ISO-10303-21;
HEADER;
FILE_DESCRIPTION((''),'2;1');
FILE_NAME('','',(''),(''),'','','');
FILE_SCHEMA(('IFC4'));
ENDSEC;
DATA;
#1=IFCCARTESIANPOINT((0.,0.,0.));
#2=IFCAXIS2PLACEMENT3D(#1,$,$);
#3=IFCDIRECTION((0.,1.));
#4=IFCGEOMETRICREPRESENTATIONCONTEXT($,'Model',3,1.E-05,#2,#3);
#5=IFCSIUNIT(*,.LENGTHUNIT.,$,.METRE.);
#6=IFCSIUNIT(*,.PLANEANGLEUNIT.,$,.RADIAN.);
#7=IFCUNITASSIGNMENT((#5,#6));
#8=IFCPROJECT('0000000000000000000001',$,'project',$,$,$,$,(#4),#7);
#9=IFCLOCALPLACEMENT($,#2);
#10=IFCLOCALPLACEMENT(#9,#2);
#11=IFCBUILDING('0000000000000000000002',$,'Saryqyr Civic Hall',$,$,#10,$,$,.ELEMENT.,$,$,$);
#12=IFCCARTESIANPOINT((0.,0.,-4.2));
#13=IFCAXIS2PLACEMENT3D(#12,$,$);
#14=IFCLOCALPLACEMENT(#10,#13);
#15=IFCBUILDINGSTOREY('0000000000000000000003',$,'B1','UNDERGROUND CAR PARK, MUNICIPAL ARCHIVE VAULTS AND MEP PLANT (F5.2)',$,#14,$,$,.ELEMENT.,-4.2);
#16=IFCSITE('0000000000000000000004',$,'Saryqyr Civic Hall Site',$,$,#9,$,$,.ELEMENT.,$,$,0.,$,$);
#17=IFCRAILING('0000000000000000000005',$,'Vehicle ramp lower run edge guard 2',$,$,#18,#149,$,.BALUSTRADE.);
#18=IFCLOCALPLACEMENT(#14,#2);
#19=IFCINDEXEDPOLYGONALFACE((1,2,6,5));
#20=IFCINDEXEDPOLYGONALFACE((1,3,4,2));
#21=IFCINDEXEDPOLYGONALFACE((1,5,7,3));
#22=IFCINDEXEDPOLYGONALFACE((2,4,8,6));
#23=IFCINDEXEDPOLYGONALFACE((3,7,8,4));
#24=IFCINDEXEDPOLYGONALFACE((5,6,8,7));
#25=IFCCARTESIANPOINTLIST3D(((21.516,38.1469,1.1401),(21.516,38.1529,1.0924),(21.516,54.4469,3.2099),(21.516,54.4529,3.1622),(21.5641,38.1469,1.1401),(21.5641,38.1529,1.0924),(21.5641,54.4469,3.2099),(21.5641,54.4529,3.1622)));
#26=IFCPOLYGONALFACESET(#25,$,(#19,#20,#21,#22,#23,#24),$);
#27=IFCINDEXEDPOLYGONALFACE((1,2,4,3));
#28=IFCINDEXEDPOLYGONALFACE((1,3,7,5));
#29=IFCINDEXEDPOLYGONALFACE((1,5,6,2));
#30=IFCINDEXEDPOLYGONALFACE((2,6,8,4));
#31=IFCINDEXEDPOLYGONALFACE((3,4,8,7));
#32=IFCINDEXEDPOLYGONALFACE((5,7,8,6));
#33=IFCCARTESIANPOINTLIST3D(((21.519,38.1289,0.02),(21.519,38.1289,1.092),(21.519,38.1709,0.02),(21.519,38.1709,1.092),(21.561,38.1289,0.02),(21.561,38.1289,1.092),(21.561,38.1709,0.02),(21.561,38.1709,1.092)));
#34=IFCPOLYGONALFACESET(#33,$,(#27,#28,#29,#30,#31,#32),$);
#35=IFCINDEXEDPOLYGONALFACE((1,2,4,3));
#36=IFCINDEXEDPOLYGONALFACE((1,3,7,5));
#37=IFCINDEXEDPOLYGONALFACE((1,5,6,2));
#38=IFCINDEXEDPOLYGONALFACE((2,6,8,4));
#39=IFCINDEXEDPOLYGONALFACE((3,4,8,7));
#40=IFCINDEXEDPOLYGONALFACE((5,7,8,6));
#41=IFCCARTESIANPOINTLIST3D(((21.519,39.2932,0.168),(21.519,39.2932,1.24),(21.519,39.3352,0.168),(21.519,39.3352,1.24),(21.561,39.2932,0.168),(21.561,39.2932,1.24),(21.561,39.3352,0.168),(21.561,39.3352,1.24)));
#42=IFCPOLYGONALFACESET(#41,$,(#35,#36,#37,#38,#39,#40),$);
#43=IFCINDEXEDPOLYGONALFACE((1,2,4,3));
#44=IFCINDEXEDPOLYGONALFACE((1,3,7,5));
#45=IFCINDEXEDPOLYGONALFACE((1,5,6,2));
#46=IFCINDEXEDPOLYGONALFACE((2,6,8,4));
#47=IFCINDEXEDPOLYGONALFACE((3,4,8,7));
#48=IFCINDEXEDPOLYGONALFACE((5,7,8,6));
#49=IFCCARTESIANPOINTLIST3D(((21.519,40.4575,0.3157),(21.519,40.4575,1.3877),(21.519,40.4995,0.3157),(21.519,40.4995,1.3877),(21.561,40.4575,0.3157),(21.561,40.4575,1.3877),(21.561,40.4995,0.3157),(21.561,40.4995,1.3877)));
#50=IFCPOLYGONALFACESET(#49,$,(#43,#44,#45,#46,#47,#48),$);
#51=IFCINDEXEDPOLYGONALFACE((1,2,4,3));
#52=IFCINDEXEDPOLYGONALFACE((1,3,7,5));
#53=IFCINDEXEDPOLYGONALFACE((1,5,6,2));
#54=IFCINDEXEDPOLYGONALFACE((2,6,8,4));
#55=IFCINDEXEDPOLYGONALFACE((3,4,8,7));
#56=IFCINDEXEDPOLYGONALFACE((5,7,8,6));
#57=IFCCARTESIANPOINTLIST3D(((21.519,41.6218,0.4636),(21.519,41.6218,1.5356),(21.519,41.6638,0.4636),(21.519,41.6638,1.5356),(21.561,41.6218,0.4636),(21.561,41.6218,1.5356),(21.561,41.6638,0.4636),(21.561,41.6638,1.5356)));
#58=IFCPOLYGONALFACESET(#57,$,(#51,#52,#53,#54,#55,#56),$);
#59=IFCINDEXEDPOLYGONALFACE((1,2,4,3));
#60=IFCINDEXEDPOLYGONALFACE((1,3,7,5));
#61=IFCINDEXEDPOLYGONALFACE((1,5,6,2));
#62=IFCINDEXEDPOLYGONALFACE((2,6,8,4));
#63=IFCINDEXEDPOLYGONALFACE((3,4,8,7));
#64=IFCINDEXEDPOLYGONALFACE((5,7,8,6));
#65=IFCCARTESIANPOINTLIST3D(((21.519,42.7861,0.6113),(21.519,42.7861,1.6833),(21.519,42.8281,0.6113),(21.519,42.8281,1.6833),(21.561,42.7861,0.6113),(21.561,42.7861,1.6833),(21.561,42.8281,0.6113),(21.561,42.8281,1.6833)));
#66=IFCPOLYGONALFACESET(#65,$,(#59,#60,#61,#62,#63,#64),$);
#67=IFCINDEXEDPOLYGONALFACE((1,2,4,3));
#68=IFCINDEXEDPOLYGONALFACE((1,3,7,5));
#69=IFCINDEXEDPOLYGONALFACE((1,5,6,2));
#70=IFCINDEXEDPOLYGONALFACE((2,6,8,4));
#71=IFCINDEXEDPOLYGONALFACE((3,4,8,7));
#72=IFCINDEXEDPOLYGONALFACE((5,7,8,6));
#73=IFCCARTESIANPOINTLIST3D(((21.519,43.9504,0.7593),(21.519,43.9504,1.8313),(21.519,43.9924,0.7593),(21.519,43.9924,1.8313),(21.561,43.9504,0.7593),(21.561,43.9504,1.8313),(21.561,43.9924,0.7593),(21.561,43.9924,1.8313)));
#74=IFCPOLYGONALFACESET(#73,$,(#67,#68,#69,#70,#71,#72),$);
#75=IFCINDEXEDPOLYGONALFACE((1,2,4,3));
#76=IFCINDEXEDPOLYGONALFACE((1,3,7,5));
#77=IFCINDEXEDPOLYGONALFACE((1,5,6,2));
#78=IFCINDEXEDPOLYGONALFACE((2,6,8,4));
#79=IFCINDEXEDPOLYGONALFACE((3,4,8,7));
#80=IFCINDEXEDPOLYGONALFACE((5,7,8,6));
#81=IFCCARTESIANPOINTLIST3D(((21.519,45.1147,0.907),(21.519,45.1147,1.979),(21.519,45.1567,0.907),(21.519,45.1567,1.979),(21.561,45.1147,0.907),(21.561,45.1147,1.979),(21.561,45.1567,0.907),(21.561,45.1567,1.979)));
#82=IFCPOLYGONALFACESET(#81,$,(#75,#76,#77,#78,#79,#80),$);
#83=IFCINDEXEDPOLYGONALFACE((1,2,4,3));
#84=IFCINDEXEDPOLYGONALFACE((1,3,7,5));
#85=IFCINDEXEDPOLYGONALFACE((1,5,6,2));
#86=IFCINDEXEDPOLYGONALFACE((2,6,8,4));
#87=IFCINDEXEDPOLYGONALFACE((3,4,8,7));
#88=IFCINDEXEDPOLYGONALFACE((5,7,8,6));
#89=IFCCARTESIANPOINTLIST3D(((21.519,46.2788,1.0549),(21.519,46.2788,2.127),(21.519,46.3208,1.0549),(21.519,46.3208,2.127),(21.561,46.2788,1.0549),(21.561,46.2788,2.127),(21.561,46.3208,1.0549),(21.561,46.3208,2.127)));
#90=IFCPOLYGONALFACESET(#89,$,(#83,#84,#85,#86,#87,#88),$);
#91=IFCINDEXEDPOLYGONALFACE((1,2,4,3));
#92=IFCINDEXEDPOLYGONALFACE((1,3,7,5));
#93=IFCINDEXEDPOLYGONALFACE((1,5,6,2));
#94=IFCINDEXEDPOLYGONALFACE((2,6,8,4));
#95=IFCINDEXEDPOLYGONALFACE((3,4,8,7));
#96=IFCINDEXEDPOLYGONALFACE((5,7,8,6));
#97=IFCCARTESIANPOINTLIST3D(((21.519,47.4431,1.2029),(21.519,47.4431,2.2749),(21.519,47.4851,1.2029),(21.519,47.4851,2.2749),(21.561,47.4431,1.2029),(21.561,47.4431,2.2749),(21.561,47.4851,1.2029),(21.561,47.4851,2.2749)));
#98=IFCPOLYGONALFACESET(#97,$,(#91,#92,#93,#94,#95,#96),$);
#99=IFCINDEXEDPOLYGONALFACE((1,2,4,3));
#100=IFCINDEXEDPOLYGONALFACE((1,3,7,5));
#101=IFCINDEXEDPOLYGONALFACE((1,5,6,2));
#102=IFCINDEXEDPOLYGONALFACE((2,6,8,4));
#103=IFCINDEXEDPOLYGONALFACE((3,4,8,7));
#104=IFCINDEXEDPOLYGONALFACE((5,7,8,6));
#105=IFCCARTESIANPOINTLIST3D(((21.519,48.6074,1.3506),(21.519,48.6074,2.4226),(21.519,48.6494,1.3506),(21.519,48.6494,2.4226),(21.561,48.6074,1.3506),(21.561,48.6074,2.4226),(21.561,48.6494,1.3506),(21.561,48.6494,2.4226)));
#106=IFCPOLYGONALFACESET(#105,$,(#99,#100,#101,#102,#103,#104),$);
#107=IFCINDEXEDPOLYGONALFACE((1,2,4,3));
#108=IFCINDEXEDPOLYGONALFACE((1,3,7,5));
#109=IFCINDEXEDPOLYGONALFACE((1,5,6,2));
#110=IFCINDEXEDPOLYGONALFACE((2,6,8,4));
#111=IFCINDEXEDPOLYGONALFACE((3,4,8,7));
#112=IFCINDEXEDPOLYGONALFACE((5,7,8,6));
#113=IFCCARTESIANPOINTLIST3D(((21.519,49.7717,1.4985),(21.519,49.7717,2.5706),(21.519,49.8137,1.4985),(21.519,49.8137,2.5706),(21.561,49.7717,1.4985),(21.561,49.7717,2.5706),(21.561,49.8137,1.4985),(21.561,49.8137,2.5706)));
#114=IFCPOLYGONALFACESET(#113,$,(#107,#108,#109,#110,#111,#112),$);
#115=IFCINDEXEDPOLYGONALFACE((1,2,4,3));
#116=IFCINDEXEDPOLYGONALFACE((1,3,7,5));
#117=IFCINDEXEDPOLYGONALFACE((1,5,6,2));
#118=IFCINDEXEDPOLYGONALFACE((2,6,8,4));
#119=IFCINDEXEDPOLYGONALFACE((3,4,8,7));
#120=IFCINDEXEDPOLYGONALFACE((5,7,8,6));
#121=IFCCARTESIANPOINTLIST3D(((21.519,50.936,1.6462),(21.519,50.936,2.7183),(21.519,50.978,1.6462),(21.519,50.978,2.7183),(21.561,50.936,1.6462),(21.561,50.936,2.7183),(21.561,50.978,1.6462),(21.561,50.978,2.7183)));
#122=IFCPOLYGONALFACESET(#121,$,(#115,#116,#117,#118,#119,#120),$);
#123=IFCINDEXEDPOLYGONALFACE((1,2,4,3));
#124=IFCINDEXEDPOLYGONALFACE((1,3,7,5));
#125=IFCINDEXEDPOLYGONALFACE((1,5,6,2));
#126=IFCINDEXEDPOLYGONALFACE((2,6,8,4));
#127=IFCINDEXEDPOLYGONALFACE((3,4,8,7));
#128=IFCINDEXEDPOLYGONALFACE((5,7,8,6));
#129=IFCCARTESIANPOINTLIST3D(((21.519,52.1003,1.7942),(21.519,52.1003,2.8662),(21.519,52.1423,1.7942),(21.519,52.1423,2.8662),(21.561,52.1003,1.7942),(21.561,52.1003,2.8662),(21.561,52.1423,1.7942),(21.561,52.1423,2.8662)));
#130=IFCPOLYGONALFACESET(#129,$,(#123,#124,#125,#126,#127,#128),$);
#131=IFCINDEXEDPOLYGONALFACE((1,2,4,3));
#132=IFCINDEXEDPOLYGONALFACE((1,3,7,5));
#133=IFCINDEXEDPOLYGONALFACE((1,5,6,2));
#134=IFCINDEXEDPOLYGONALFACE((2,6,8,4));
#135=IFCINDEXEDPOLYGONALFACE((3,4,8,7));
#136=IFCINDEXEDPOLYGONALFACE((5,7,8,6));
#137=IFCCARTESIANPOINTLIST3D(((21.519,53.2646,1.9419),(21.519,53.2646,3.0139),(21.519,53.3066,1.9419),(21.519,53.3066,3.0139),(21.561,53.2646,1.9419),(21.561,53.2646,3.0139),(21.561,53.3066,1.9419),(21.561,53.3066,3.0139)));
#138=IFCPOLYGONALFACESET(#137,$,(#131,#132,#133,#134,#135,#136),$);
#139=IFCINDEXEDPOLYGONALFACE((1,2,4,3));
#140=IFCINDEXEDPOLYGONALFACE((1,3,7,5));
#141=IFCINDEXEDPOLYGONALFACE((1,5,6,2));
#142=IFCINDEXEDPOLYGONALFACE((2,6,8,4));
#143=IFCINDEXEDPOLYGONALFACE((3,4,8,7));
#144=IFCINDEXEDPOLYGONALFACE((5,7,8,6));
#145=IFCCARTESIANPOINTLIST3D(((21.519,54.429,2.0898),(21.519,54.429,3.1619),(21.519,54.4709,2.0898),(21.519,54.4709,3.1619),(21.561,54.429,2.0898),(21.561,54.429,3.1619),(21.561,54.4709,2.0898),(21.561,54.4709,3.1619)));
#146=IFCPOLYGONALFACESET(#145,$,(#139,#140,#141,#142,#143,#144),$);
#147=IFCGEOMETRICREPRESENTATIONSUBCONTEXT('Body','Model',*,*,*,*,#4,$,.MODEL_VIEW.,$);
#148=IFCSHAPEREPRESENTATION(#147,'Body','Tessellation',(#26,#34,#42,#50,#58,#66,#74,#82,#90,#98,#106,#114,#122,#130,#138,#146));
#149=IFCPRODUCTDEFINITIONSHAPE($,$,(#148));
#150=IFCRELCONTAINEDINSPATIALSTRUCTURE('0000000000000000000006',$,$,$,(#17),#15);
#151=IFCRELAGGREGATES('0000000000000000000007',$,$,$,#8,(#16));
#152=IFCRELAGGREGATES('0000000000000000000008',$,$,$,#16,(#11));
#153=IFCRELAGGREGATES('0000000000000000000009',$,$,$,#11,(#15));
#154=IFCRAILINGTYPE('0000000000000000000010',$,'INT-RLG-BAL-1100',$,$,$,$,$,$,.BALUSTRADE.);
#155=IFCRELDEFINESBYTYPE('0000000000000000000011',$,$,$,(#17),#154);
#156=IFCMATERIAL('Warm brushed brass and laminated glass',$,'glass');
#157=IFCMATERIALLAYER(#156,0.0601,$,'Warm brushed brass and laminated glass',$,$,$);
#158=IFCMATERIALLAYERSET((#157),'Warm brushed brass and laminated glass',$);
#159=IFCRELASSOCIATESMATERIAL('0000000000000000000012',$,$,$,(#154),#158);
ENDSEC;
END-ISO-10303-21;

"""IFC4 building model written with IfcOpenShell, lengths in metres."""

from ifc_helpers import new_model, si_unit, direction, frame, origin, origin_2d, place, context, subcontext, project, spatial, rectangle, extrude, material, layer, layer_set, type_object, element, save


model = new_model("IFC4")

# Units and contexts
model_context = context("Model", 3, precision=1e-05, world=origin(), true_north=direction((0.0, 1.0)))
body_context = subcontext(model_context, "Body", "Model", "MODEL_VIEW")
ifc_project = project(units=[si_unit("LENGTHUNIT", "METRE"), si_unit("PLANEANGLEUNIT", "RADIAN")], contexts=[model_context])

# Site, building, storey
site_placement = place(None, origin())
site = spatial("IfcSite", under=ifc_project, at=site_placement, Name="Saryqyr Civic Hall Site", CompositionType="ELEMENT", RefElevation=0.0)
building_placement = place(site_placement, origin())
building = spatial("IfcBuilding", under=site, at=building_placement, Name="Saryqyr Civic Hall", CompositionType="ELEMENT")
storey_placement = place(building_placement, frame((0.0, 0.0, -4.2)))
storey = spatial("IfcBuildingStorey", under=building, at=storey_placement, Name="B1", Description="UNDERGROUND CAR PARK, MUNICIPAL ARCHIVE VAULTS AND MEP PLANT (F5.2)", CompositionType="ELEMENT", Elevation=-4.2)

# Railing
ifc_material_1 = material(Name="Warm brushed brass and laminated glass", Category="glass")
ifc_layer_1 = layer(ifc_material_1, 0.0601, Name="Warm brushed brass and laminated glass")
ifc_layer_set_1 = layer_set([ifc_layer_1], Name="Warm brushed brass and laminated glass")
railing_type = type_object("IfcRailingType", Name="INT-RLG-BAL-1100", PredefinedType="BALUSTRADE", material=ifc_layer_set_1)
railing_1_placement = place(storey_placement, frame((21.54, 38.1499, 0.02)))
element("IfcRailing", 1, at=railing_1_placement, inside=storey, type_object=railing_type, Name="Vehicle ramp lower run edge guard 2", PredefinedType="BALUSTRADE", context=body_context, shape_type="SweptSolid", body=[
    extrude(rectangle(XDim=0.0481, YDim=0.0481, at=origin_2d()), frame((0.0, 0.0, 1.0962), z_axis=(0.0, 0.992034, 0.125971), x_axis=(-1.0, 0.0, 0.0)), (0.0, 0.0, 1.0), 16.4309),
    extrude(rectangle(XDim=0.042, YDim=0.042, at=origin_2d()), origin(), (0.0, 0.0, 1.0), 1.072),
    extrude(rectangle(XDim=0.042, YDim=0.042, at=origin_2d()), frame((0.0, 1.1643, 0.1479)), (0.0, 0.0, 1.0), 1.072),
    extrude(rectangle(XDim=0.042, YDim=0.042, at=origin_2d()), frame((0.0, 2.3286, 0.2957)), (0.0, 0.0, 1.0), 1.072),
    extrude(rectangle(XDim=0.042, YDim=0.042, at=origin_2d()), frame((0.0, 3.4929, 0.4436)), (0.0, 0.0, 1.0), 1.072),
    extrude(rectangle(XDim=0.042, YDim=0.042, at=origin_2d()), frame((0.0, 4.6572, 0.5913)), (0.0, 0.0, 1.0), 1.072),
    extrude(rectangle(XDim=0.042, YDim=0.042, at=origin_2d()), frame((0.0, 5.8215, 0.7393)), (0.0, 0.0, 1.0), 1.072),
    extrude(rectangle(XDim=0.042, YDim=0.042, at=origin_2d()), frame((0.0, 6.9858, 0.887)), (0.0, 0.0, 1.0), 1.072),
    extrude(rectangle(XDim=0.042, YDim=0.042, at=origin_2d()), frame((0.0, 8.1499, 1.0349)), (0.0, 0.0, 1.0), 1.072),
    extrude(rectangle(XDim=0.042, YDim=0.042, at=origin_2d()), frame((0.0, 9.3142, 1.1829)), (0.0, 0.0, 1.0), 1.072),
    extrude(rectangle(XDim=0.042, YDim=0.042, at=origin_2d()), frame((0.0, 10.4785, 1.3306)), (0.0, 0.0, 1.0), 1.072),
    extrude(rectangle(XDim=0.042, YDim=0.042, at=origin_2d()), frame((0.0, 11.6428, 1.4785)), (0.0, 0.0, 1.0), 1.072),
    extrude(rectangle(XDim=0.042, YDim=0.042, at=origin_2d()), frame((0.0, 12.8071, 1.6262)), (0.0, 0.0, 1.0), 1.072),
    extrude(rectangle(XDim=0.042, YDim=0.042, at=origin_2d()), frame((0.0, 13.9714, 1.7742)), (0.0, 0.0, 1.0), 1.072),
    extrude(rectangle(XDim=0.042, YDim=0.042, at=origin_2d()), frame((0.0, 15.1357, 1.9219)), (0.0, 0.0, 1.0), 1.072),
    extrude(rectangle(XDim=0.042, YDim=0.042, at=origin_2d()), frame((0.0, 16.3, 2.0698)), (0.0, 0.0, 1.0), 1.072),
])

save(model, "model.ifc")
